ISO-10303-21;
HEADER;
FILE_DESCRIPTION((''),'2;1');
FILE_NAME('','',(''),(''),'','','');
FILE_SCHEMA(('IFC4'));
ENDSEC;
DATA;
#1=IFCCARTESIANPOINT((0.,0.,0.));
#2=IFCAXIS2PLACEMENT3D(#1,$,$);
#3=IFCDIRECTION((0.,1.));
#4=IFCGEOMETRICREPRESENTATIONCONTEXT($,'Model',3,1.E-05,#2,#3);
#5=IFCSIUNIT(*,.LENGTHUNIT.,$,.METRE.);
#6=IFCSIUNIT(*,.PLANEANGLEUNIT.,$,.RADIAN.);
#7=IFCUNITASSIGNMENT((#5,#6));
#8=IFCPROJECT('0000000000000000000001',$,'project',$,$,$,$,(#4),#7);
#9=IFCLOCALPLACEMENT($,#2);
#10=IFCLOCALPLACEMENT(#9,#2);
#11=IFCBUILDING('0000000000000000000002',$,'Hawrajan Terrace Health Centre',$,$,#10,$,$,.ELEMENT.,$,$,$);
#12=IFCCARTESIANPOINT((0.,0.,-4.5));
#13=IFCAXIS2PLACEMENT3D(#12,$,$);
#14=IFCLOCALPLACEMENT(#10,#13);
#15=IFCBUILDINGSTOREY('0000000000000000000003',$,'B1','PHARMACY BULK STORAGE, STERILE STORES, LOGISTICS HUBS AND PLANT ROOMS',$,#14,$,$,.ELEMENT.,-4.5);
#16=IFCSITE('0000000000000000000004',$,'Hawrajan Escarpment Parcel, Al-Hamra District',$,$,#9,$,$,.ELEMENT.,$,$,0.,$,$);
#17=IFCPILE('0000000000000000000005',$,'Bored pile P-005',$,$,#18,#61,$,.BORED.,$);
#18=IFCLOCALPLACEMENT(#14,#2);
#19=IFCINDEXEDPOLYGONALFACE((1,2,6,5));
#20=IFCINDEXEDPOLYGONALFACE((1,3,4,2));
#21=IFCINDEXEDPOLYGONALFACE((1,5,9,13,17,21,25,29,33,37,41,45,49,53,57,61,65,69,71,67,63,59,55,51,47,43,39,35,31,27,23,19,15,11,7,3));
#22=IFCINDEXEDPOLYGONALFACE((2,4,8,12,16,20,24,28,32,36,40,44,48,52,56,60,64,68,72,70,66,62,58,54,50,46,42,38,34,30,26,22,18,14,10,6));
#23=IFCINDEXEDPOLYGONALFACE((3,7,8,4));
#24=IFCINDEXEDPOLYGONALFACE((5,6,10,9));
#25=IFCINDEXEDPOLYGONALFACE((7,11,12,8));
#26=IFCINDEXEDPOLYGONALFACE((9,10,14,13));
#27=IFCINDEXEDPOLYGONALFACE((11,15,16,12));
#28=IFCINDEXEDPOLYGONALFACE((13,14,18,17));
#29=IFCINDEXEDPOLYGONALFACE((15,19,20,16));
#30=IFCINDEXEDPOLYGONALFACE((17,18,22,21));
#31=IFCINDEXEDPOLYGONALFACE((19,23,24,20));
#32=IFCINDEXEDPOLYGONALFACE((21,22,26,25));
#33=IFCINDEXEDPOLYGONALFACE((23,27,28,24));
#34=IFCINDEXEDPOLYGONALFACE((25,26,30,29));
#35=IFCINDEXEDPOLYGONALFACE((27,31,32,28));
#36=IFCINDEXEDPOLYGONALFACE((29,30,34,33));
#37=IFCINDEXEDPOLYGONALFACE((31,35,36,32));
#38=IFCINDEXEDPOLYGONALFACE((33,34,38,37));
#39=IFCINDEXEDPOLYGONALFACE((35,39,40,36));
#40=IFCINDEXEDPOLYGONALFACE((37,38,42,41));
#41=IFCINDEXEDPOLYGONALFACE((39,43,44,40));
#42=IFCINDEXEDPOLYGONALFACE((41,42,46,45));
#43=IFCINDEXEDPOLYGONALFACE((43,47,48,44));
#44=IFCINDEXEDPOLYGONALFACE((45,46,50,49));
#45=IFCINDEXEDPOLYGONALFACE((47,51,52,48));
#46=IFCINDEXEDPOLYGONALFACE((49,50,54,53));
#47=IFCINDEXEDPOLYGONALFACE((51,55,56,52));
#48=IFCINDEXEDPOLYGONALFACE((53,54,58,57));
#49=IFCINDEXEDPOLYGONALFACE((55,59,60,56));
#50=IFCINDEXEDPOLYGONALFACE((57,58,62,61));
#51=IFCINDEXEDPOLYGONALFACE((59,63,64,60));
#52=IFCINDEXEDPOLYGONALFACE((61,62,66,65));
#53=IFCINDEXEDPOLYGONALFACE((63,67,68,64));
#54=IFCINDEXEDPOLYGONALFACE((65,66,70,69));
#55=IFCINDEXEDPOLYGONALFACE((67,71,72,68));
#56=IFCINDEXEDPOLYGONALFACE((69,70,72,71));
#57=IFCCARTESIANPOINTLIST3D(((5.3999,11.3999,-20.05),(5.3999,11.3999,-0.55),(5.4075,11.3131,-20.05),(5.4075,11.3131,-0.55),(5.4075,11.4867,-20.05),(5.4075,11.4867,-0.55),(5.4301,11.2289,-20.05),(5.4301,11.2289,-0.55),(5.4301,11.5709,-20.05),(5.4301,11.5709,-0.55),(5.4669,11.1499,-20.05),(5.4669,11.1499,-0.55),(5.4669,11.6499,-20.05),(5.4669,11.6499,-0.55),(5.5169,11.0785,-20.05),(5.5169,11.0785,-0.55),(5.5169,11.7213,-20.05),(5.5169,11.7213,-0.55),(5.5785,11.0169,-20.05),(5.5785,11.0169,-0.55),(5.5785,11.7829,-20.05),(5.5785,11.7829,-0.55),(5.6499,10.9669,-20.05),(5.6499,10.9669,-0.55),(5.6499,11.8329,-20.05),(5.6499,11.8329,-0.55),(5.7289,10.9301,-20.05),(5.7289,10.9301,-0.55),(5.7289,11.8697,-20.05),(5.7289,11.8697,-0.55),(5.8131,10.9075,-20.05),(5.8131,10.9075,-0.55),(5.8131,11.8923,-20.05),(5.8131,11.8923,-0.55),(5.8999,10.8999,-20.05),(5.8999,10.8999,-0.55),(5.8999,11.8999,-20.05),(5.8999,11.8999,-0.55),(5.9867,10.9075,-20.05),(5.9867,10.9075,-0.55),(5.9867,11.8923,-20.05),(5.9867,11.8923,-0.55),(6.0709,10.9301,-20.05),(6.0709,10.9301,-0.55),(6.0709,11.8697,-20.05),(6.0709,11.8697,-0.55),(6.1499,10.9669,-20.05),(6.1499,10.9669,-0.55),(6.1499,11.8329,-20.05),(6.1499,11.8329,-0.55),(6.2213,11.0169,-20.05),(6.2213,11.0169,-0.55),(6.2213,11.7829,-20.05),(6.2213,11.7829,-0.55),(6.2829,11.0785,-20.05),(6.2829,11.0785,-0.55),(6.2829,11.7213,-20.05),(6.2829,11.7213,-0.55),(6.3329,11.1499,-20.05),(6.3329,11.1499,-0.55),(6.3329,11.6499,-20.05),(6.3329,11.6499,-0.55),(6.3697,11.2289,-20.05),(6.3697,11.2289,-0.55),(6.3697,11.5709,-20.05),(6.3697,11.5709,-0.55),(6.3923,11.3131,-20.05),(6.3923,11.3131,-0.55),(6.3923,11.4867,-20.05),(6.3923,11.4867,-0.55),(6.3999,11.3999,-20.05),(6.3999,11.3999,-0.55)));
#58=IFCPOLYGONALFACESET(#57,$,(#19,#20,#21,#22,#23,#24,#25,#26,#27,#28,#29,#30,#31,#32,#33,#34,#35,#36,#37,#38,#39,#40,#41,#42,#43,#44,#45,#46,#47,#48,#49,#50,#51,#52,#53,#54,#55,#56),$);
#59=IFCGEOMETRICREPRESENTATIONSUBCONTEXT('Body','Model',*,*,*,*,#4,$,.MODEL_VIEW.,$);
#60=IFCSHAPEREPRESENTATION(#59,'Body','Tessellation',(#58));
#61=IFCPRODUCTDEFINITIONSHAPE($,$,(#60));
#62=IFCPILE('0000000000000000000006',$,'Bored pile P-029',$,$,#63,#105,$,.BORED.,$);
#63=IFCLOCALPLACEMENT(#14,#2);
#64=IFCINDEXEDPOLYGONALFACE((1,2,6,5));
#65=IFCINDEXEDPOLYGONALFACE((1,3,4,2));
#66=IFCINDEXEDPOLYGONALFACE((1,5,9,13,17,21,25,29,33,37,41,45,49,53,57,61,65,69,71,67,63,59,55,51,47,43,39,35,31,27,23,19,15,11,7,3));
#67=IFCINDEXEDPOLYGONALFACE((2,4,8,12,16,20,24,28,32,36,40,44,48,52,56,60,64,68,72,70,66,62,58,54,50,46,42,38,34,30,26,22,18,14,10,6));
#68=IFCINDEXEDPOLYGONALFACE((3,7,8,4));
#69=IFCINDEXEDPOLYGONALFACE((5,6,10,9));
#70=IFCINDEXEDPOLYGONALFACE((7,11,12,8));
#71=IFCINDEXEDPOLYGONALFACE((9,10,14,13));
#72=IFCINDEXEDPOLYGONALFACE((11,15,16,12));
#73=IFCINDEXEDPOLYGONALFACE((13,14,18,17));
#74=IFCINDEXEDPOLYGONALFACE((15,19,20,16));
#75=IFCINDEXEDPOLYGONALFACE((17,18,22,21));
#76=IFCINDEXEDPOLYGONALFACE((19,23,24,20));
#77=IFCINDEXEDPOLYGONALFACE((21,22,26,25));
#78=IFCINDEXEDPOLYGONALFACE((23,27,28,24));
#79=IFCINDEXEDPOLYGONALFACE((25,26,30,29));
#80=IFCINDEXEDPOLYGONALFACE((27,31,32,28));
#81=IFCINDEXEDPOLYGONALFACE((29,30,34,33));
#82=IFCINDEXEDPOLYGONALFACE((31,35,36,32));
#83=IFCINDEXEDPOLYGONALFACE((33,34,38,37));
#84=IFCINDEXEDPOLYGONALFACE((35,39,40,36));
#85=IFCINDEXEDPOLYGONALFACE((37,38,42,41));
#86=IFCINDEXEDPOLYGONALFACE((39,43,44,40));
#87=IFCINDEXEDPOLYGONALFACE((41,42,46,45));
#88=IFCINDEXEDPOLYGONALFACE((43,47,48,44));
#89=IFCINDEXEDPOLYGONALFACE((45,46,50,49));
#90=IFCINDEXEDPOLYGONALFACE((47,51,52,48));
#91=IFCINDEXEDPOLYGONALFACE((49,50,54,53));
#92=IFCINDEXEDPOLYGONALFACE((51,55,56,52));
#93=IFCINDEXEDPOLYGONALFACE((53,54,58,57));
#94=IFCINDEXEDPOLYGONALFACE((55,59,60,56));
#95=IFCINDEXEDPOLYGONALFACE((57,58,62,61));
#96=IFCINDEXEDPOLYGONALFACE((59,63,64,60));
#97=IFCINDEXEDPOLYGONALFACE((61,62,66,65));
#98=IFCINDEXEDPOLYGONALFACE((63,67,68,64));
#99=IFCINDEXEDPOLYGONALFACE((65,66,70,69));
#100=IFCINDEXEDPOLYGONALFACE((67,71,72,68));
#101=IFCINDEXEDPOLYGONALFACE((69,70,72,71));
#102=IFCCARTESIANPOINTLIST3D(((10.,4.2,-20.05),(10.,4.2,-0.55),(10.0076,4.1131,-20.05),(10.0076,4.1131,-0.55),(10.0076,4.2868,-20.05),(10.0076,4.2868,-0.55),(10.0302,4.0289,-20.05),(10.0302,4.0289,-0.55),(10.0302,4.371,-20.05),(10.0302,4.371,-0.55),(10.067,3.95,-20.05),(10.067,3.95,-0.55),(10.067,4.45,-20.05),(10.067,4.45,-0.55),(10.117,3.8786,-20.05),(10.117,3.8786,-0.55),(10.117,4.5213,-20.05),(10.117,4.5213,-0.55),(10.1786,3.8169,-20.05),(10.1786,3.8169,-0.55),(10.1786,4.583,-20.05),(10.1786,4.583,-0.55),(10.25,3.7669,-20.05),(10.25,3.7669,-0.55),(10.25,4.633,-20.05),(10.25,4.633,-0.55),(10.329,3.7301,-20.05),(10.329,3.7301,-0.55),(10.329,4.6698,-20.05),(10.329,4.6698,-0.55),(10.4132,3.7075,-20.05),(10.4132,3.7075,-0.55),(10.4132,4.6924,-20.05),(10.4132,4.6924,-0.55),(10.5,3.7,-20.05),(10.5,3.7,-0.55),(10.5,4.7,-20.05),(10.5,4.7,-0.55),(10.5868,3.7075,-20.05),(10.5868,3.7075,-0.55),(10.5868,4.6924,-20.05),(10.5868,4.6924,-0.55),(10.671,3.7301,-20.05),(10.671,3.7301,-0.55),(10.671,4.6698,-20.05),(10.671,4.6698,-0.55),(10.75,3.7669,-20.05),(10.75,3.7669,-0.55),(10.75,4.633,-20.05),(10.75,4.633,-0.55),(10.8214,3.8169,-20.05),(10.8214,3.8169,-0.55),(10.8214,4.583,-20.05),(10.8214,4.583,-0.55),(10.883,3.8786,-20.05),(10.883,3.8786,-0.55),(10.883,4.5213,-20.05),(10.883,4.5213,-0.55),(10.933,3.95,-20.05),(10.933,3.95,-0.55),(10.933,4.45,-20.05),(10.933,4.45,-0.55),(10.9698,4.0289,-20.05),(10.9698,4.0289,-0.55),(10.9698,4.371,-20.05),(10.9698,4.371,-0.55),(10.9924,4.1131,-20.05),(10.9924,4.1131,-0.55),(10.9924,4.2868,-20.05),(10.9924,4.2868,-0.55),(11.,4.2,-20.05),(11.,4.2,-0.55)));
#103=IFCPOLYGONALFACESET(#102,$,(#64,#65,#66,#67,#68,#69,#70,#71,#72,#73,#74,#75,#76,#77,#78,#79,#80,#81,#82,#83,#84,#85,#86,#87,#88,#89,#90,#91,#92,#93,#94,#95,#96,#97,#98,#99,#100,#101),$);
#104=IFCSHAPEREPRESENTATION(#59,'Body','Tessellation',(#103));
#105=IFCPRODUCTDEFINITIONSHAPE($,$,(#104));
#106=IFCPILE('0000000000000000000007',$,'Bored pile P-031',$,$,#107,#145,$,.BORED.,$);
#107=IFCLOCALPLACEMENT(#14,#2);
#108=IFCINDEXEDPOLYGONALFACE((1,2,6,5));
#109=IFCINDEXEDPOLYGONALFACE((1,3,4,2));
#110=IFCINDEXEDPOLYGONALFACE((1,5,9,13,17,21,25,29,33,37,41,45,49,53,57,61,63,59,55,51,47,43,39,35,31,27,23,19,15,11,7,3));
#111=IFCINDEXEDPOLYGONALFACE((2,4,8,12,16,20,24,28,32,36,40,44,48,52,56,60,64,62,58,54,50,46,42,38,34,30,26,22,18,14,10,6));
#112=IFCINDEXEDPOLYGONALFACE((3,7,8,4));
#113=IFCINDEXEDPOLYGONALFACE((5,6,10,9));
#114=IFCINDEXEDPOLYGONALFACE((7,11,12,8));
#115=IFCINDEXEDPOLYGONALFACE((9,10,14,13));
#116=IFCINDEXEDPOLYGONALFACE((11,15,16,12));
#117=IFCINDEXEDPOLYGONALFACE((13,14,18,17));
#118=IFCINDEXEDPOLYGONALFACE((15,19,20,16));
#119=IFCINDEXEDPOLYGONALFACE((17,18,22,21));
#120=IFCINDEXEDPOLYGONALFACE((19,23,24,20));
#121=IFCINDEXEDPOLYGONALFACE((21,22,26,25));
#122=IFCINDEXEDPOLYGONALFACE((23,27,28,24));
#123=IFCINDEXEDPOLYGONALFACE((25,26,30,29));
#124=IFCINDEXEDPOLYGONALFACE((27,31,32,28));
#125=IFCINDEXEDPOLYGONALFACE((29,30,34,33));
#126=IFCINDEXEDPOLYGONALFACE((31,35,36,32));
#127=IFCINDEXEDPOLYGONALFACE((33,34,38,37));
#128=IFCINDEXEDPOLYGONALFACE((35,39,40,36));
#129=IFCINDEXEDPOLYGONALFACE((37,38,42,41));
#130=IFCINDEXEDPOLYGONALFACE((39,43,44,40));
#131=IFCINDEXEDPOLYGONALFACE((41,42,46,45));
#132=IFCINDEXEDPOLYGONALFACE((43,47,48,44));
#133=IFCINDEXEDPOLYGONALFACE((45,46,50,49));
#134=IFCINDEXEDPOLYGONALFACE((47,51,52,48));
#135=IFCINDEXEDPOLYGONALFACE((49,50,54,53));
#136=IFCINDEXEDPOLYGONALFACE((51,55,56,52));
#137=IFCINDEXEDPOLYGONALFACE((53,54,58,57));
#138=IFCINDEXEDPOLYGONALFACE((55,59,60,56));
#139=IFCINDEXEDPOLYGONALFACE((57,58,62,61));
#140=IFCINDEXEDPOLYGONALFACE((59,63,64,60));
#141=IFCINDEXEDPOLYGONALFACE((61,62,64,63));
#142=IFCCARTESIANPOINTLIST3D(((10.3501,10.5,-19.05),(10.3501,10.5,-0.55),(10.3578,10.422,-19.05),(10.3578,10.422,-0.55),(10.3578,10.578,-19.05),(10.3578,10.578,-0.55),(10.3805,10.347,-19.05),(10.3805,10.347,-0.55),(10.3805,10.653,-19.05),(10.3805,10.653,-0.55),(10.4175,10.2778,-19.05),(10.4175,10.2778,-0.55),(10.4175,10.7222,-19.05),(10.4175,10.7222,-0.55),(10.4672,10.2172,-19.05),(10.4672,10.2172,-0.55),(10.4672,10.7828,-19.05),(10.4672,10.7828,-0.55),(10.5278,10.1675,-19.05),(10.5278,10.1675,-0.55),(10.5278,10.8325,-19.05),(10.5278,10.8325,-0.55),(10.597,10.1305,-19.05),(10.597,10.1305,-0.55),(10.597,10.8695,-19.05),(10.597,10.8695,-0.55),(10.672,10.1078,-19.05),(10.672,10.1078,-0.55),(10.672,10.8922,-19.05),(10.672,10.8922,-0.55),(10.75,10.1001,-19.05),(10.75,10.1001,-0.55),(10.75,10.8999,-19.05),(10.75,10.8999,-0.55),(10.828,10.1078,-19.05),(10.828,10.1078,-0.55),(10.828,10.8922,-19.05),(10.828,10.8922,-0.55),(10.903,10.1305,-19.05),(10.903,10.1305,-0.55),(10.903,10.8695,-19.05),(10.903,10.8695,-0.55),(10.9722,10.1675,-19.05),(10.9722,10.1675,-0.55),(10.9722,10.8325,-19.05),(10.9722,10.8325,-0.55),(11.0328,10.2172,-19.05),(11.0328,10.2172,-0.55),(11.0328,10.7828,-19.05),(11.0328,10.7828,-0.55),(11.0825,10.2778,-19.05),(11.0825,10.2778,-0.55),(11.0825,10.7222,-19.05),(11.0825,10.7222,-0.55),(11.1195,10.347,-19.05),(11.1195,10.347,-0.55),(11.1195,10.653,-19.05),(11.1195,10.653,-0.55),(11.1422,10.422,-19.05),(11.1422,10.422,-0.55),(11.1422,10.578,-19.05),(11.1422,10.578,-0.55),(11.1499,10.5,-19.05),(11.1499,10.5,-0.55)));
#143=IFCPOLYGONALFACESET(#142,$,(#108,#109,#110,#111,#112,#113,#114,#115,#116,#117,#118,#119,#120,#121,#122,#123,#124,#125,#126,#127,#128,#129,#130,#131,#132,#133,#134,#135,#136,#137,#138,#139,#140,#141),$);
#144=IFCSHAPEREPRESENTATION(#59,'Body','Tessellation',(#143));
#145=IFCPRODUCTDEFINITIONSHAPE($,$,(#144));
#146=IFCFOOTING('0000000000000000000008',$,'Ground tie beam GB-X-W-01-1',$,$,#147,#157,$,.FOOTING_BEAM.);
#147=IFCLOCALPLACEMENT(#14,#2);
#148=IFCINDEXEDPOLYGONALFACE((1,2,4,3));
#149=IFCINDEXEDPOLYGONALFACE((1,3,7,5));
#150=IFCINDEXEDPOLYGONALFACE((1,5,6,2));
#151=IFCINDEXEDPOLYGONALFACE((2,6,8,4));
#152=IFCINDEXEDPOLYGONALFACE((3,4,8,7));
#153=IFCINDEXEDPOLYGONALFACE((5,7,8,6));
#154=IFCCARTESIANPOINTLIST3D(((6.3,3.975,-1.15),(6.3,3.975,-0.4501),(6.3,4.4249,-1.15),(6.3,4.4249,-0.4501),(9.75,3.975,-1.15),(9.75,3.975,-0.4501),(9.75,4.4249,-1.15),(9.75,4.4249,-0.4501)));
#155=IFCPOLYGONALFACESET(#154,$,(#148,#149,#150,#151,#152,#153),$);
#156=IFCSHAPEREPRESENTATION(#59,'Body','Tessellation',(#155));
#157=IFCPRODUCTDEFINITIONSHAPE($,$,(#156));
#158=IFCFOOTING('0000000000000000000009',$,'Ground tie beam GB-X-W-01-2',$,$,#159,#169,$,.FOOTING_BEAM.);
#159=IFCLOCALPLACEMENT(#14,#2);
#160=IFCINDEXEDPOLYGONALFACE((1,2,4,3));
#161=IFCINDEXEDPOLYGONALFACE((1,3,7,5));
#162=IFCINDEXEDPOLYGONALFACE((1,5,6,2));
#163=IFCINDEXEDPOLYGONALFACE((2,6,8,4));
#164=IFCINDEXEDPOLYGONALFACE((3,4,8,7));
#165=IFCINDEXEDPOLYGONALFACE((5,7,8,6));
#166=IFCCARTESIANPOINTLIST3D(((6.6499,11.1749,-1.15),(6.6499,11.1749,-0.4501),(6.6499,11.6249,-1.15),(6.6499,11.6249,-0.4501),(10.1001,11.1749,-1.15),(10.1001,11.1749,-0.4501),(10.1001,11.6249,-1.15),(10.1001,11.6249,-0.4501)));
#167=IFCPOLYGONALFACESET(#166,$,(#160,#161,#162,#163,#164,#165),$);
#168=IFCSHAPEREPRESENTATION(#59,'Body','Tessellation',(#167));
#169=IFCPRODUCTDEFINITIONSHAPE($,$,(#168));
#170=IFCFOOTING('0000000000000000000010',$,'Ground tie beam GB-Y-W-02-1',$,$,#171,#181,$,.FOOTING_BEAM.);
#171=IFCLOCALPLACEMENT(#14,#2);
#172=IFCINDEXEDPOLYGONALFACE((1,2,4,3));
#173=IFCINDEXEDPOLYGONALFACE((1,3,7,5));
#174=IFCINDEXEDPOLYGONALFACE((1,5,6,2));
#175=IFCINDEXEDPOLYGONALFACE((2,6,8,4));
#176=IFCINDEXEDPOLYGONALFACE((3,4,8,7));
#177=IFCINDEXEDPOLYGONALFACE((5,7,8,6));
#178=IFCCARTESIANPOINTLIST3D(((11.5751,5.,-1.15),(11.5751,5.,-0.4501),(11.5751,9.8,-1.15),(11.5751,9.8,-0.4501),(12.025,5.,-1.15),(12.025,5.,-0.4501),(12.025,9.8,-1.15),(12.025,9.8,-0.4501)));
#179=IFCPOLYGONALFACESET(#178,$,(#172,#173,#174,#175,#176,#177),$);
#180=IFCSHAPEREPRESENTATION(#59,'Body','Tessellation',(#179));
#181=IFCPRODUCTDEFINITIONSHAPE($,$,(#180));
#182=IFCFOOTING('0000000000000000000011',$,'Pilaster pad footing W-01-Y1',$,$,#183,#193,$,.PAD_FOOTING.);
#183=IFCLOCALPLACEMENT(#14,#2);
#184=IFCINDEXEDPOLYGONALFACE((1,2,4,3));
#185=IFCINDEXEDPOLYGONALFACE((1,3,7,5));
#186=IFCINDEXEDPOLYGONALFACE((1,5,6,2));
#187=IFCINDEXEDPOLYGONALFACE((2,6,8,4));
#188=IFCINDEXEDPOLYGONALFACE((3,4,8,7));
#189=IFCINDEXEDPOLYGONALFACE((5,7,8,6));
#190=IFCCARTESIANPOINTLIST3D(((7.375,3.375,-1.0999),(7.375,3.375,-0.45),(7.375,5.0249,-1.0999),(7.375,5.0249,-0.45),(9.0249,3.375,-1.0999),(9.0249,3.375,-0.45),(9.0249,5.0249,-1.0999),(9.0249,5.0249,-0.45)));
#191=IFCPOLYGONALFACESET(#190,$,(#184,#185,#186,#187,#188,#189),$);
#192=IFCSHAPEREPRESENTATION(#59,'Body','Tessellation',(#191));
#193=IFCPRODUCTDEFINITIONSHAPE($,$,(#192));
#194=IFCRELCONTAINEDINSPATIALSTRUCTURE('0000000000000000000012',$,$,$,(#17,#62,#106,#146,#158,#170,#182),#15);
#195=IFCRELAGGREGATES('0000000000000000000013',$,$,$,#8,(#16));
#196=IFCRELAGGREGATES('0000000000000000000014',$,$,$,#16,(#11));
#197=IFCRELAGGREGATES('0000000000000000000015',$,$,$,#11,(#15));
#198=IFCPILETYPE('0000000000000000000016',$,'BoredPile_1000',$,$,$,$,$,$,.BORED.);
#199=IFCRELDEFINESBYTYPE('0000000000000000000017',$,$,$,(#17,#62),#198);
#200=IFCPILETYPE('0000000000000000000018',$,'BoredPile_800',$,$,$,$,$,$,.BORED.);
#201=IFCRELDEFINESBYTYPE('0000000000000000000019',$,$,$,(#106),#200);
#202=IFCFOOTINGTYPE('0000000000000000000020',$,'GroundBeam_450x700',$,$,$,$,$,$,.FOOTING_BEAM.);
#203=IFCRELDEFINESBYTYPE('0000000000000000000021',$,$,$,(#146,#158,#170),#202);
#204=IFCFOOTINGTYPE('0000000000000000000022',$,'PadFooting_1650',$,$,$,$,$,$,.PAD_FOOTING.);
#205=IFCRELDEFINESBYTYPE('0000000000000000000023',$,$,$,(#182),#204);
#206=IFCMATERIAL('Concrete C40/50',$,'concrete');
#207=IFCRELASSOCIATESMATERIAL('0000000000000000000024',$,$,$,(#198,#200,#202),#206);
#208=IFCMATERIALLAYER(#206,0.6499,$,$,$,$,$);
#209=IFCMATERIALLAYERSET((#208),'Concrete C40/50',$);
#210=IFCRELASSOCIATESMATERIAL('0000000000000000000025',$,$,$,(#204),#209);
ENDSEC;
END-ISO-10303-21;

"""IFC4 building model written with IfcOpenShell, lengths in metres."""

from ifc_helpers import new_model, si_unit, direction, frame, origin, origin_2d, place, context, subcontext, project, spatial, rectangle, circle, extrude, material, layer, layer_set, material_profile, profile_set, type_object, element, save


model = new_model("IFC4")

# Units and contexts
model_context = context("Model", 3, precision=1e-05, world=origin(), true_north=direction((0.0, 1.0)))
body_context = subcontext(model_context, "Body", "Model", "MODEL_VIEW")
ifc_project = project(units=[si_unit("LENGTHUNIT", "METRE"), si_unit("PLANEANGLEUNIT", "RADIAN")], contexts=[model_context])

# Site, building, storey
site_placement = place(None, origin())
site = spatial("IfcSite", under=ifc_project, at=site_placement, Name="Hawrajan Escarpment Parcel, Al-Hamra District", CompositionType="ELEMENT", RefElevation=0.0)
building_placement = place(site_placement, origin())
building = spatial("IfcBuilding", under=site, at=building_placement, Name="Hawrajan Terrace Health Centre", CompositionType="ELEMENT")
storey_placement = place(building_placement, frame((0.0, 0.0, -4.5)))
storey = spatial("IfcBuildingStorey", under=building, at=storey_placement, Name="B1", Description="PHARMACY BULK STORAGE, STERILE STORES, LOGISTICS HUBS AND PLANT ROOMS", CompositionType="ELEMENT", Elevation=-4.5)

# Piles
ifc_material_1 = material(Name="Concrete C40/50", Category="concrete")
ifc_material_profile_1 = material_profile(ifc_material_1, circle(Radius=0.5, at=origin_2d()), Name="BP 1000")
ifc_profile_set_1 = profile_set([ifc_material_profile_1], Name="Concrete C40/50")
pile_type_1 = type_object("IfcPileType", Name="BoredPile_1000", PredefinedType="BORED", material=ifc_profile_set_1)
for number, where, z_axis, x_axis, name in (
    (1, (5.8999, 11.3999, -0.55), (0.0, 0.0, -1.0), (1.0, 0.0, 0.0), "Bored pile P-005"),
    (2, (10.5, 4.2, -0.55), (0.0, 0.0, -1.0), (1.0, 0.0, 0.0), "Bored pile P-029"),
):
    element("IfcPile", number, at=place(storey_placement, frame(where, z_axis=z_axis, x_axis=x_axis)), inside=storey, type_object=pile_type_1, Name=name, PredefinedType="BORED", context=body_context, shape_type="SweptSolid", body=[
        extrude(circle(Radius=0.5, at=origin_2d()), origin(), (0.0, 0.0, 1.0), 19.5),
    ])
ifc_material_profile_2 = material_profile(ifc_material_1, circle(Radius=0.3999, at=origin_2d()), Name="BP 800")
ifc_profile_set_2 = profile_set([ifc_material_profile_2], Name="Concrete C40/50")
pile_type_2 = type_object("IfcPileType", Name="BoredPile_800", PredefinedType="BORED", material=ifc_profile_set_2)
pile_placement = place(storey_placement, frame((10.75, 10.5, -0.55), z_axis=(0.0, 0.0, -1.0), x_axis=(1.0, 0.0, 0.0)))
element("IfcPile", 3, at=pile_placement, inside=storey, type_object=pile_type_2, Name="Bored pile P-031", PredefinedType="BORED", context=body_context, shape_type="SweptSolid", body=[
    extrude(circle(Radius=0.3999, at=origin_2d()), origin(), (0.0, 0.0, 1.0), 18.5),
])

# Footings
ifc_material_profile_3 = material_profile(ifc_material_1, rectangle(XDim=0.45, YDim=0.7, at=origin_2d()), Name="RC BM 450x700")
ifc_profile_set_3 = profile_set([ifc_material_profile_3], Name="Concrete C40/50")
footing_type_1 = type_object("IfcFootingType", Name="GroundBeam_450x700", PredefinedType="FOOTING_BEAM", material=ifc_profile_set_3)
footing_1_placement = place(storey_placement, frame((6.3, 4.2, -0.8), z_axis=(1.0, 0.0, 0.0), x_axis=(0.0, 1.0, 0.0)))
element("IfcFooting", 4, at=footing_1_placement, inside=storey, type_object=footing_type_1, Name="Ground tie beam GB-X-W-01-1", PredefinedType="FOOTING_BEAM", context=body_context, shape_type="SweptSolid", body=[
    extrude(rectangle(XDim=0.45, YDim=0.7, at=origin_2d()), origin(), (0.0, 0.0, 1.0), 3.45),
])
footing_2_placement = place(storey_placement, frame((6.6499, 11.3999, -0.8), z_axis=(1.0, 0.0, 0.0), x_axis=(0.0, 1.0, 0.0)))
element("IfcFooting", 5, at=footing_2_placement, inside=storey, type_object=footing_type_1, Name="Ground tie beam GB-X-W-01-2", PredefinedType="FOOTING_BEAM", context=body_context, shape_type="SweptSolid", body=[
    extrude(rectangle(XDim=0.45, YDim=0.7, at=origin_2d()), origin(), (0.0, 0.0, 1.0), 3.4502),
])
footing_3_placement = place(storey_placement, frame((11.8, 5.0, -0.8), z_axis=(0.0, 1.0, 0.0), x_axis=(-1.0, 0.0, 0.0)))
element("IfcFooting", 6, at=footing_3_placement, inside=storey, type_object=footing_type_1, Name="Ground tie beam GB-Y-W-02-1", PredefinedType="FOOTING_BEAM", context=body_context, shape_type="SweptSolid", body=[
    extrude(rectangle(XDim=0.45, YDim=0.7, at=origin_2d()), origin(), (0.0, 0.0, 1.0), 4.8),
])
ifc_layer_1 = layer(ifc_material_1, 0.6499)
ifc_layer_set_1 = layer_set([ifc_layer_1], Name="Concrete C40/50")
footing_type_2 = type_object("IfcFootingType", Name="PadFooting_1650", PredefinedType="PAD_FOOTING", material=ifc_layer_set_1)
footing_4_placement = place(storey_placement, frame((8.2, 4.2, -1.0999), z_axis=(0.0, 0.0, 1.0), x_axis=(1.0, 0.0, 0.0)))
element("IfcFooting", 7, at=footing_4_placement, inside=storey, type_object=footing_type_2, Name="Pilaster pad footing W-01-Y1", PredefinedType="PAD_FOOTING", context=body_context, shape_type="SweptSolid", body=[
    extrude(rectangle(XDim=1.6499, YDim=1.6499, at=origin_2d()), origin(), (0.0, 0.0, 1.0), 0.6499),
])

save(model, "model.ifc")
